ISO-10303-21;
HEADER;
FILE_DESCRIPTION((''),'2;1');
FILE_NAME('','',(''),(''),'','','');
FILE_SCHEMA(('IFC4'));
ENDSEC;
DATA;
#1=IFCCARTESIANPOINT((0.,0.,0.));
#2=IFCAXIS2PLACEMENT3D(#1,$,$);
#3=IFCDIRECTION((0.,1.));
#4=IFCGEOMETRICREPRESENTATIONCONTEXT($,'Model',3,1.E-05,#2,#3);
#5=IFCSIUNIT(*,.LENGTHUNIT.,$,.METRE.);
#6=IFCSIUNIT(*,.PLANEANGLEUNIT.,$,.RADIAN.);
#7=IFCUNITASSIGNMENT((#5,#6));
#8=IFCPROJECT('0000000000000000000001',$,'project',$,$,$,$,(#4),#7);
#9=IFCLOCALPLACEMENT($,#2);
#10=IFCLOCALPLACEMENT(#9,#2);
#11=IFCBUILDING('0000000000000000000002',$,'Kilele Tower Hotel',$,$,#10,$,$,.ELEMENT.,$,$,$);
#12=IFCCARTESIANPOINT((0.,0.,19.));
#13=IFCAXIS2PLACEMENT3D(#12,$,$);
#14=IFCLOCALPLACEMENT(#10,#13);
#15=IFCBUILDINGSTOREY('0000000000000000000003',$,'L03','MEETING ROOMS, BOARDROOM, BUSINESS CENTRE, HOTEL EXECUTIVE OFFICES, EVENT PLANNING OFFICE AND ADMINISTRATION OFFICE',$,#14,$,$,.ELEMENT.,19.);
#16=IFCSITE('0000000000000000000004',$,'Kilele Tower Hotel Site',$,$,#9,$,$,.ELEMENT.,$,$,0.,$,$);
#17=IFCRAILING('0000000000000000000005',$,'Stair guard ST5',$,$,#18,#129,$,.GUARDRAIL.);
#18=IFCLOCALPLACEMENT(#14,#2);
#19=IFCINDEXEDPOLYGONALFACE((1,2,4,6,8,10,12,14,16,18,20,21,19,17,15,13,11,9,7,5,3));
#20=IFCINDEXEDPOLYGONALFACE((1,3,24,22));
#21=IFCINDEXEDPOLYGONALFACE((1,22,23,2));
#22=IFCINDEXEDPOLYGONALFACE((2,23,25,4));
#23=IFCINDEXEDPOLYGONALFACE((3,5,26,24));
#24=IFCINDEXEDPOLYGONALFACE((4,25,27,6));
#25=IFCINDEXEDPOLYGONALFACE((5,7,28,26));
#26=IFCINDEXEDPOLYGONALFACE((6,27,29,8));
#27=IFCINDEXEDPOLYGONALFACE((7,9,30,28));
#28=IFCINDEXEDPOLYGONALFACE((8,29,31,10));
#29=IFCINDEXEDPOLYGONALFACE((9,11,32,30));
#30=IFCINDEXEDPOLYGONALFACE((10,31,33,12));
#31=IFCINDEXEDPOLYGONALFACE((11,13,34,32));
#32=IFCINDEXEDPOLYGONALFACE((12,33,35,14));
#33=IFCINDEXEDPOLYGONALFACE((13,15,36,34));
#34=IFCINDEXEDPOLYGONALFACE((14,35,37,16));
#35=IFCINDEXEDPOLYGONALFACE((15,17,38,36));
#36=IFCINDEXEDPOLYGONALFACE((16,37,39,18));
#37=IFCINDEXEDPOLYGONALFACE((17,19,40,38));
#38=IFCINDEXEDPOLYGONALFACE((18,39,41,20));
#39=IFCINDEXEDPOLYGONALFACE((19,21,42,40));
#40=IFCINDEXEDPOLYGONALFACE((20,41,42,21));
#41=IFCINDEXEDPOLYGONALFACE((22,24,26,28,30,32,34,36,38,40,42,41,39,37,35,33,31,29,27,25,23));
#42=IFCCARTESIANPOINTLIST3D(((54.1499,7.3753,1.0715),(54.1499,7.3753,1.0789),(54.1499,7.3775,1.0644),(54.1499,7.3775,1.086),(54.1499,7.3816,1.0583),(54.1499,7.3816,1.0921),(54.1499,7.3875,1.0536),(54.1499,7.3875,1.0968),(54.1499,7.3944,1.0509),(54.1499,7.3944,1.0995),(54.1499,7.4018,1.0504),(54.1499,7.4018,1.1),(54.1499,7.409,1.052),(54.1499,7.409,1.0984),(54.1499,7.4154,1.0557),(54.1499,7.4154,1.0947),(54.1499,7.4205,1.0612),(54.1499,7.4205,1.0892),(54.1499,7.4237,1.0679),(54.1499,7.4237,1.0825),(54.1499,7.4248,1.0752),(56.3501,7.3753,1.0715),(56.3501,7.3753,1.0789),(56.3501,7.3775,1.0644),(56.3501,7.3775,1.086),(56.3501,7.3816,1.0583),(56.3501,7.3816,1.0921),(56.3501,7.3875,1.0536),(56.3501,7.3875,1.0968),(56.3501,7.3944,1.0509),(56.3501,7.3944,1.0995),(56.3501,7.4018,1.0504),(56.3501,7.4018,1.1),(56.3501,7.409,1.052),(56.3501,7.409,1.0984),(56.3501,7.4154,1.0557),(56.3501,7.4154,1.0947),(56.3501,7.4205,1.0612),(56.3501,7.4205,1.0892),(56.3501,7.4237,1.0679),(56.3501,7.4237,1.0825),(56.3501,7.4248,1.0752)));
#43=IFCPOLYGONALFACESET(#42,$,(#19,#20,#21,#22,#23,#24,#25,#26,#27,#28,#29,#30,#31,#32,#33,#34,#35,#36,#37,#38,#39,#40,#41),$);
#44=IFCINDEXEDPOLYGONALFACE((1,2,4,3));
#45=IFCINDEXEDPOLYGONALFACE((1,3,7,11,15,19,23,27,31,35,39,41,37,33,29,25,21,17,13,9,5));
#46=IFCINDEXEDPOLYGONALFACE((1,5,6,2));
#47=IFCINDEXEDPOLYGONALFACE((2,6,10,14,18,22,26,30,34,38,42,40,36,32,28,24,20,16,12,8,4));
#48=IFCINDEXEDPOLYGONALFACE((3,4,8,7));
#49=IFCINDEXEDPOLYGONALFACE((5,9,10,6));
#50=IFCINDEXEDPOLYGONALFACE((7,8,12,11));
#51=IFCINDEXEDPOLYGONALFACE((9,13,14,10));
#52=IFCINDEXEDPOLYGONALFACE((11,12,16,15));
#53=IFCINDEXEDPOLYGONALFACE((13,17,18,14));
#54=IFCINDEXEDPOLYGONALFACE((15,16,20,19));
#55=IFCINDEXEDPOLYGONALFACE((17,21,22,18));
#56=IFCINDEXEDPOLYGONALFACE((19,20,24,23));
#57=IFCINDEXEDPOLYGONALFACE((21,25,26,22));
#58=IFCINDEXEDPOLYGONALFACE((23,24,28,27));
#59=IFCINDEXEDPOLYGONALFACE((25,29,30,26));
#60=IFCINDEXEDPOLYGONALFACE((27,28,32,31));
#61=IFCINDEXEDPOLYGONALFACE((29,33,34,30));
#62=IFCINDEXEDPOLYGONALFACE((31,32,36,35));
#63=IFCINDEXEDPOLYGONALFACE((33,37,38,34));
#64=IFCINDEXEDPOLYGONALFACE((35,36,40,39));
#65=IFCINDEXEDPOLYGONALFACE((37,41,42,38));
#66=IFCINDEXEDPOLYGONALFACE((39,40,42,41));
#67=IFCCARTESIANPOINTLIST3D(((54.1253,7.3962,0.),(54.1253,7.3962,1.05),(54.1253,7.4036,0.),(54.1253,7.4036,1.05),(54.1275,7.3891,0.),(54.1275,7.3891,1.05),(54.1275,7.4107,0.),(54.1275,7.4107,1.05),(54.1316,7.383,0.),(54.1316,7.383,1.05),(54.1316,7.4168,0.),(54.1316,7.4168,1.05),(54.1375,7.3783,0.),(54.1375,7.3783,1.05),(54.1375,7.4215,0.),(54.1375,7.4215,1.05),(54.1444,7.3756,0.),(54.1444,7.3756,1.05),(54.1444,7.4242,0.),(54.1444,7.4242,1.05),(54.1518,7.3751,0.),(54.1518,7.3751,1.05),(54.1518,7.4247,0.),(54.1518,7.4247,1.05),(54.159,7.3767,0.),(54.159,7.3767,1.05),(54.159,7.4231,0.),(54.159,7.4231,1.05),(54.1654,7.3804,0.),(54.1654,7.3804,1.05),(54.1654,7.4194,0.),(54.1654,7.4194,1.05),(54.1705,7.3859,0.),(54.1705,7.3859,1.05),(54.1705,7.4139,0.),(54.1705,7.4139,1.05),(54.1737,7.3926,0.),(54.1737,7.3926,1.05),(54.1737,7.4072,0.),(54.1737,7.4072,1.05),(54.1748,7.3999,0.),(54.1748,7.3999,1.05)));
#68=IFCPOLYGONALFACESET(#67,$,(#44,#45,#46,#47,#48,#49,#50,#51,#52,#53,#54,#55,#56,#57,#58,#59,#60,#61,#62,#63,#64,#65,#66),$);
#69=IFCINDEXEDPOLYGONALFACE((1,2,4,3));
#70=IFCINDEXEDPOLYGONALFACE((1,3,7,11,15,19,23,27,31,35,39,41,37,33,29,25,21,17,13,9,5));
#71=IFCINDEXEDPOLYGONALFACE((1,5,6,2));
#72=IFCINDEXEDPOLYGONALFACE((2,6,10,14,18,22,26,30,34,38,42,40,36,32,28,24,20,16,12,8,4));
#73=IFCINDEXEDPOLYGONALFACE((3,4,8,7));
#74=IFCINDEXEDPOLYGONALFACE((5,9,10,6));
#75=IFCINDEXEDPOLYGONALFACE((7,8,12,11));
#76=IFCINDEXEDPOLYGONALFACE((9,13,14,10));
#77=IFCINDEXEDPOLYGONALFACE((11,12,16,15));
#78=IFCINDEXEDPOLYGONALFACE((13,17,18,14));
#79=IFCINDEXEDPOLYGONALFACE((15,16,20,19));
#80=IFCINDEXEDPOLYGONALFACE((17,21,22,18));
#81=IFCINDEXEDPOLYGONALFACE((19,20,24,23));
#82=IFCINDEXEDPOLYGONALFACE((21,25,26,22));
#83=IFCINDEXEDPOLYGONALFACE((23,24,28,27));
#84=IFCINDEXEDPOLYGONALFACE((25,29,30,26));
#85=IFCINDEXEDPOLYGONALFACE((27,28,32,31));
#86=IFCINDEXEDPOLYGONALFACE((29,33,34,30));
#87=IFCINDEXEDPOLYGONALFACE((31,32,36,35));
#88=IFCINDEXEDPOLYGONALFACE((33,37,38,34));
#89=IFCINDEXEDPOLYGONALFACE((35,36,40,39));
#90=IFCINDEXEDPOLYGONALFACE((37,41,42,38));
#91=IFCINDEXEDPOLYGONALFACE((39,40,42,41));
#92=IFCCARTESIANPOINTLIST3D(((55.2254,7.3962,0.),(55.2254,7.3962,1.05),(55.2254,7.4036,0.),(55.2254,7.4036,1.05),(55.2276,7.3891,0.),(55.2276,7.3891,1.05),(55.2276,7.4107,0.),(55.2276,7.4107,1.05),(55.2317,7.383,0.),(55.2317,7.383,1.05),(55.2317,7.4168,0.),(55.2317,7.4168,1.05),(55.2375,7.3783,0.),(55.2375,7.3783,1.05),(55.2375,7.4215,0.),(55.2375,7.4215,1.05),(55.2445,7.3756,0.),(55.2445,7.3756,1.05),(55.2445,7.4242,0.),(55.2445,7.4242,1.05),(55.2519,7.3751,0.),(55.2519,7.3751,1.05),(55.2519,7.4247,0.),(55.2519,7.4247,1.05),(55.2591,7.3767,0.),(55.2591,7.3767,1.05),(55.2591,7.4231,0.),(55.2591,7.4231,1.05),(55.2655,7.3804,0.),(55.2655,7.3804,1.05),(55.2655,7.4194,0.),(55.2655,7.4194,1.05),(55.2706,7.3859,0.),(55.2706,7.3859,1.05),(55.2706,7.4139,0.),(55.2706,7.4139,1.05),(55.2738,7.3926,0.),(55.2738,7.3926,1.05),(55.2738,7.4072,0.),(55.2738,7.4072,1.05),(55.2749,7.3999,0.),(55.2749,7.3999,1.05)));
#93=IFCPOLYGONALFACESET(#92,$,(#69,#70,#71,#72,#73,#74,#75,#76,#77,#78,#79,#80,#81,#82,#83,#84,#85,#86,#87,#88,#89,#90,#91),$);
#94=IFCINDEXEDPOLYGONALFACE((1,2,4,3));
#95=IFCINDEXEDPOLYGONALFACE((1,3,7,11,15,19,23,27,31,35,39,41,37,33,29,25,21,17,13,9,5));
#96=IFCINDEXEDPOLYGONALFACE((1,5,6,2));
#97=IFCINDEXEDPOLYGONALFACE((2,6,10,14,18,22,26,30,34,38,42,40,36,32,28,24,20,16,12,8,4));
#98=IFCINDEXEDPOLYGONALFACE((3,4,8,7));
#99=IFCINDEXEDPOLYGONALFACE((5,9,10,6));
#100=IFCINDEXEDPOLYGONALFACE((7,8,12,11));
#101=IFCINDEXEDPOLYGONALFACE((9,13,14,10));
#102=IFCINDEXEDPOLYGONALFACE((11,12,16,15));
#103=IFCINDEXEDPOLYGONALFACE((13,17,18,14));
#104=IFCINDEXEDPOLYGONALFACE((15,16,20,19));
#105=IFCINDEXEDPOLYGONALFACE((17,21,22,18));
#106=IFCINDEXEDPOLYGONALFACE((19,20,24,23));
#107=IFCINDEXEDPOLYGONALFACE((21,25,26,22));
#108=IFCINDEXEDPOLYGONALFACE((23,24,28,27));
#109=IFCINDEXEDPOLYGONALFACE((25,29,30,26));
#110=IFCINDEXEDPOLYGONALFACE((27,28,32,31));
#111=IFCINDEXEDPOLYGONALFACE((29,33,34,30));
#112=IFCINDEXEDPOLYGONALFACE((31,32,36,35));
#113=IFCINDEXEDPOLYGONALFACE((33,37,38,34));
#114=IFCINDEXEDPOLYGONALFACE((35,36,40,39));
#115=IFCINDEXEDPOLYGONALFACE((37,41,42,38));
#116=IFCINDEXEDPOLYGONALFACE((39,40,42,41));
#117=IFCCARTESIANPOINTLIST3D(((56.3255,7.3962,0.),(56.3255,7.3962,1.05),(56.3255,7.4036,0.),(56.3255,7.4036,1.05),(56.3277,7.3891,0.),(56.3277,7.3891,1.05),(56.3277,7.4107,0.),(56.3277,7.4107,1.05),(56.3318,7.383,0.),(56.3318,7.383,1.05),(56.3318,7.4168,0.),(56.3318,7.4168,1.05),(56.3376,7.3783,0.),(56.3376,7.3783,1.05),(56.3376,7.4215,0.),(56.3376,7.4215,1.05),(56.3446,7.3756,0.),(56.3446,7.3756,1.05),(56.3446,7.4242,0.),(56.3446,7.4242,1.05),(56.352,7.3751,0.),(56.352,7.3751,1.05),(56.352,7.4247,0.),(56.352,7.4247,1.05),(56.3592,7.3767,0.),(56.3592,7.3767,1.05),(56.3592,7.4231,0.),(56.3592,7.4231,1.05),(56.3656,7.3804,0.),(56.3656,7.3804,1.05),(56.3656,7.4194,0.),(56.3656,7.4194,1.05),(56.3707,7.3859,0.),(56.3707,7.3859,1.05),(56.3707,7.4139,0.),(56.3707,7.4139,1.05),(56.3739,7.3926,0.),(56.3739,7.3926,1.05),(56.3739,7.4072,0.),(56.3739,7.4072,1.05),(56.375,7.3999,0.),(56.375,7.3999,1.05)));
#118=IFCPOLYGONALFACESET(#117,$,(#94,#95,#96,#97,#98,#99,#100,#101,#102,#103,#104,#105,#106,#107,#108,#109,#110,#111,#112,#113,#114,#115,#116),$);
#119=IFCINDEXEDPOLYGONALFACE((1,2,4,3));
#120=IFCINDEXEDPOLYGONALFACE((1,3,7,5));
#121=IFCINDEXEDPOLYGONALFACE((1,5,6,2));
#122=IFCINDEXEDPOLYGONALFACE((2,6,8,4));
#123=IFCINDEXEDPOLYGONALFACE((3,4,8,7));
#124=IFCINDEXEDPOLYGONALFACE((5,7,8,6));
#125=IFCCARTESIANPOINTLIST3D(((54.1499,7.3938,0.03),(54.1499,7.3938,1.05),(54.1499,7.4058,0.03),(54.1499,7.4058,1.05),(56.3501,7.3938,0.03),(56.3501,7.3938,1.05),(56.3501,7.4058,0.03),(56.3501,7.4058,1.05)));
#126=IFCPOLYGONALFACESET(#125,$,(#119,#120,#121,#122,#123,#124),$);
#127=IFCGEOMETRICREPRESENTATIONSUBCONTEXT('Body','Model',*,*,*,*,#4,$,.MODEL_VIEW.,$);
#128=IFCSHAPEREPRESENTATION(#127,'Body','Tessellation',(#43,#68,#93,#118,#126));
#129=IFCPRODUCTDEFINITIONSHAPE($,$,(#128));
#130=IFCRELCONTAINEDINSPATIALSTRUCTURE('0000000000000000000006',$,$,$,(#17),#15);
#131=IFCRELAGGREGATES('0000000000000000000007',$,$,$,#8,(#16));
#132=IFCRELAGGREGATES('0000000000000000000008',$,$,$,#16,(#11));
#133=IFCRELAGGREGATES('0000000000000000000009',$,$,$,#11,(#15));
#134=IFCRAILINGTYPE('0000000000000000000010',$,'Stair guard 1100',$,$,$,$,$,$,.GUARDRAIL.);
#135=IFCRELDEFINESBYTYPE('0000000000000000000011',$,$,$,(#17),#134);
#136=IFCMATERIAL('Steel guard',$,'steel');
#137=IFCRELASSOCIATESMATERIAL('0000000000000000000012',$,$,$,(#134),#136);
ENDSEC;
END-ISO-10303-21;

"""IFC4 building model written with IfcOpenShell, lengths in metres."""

from ifc_helpers import new_model, si_unit, direction, frame, origin, origin_2d, place, context, subcontext, project, spatial, polyline, circle, outline, extrude, material, type_object, element, save


model = new_model("IFC4")

# Units and contexts
model_context = context("Model", 3, precision=1e-05, world=origin(), true_north=direction((0.0, 1.0)))
body_context = subcontext(model_context, "Body", "Model", "MODEL_VIEW")
ifc_project = project(units=[si_unit("LENGTHUNIT", "METRE"), si_unit("PLANEANGLEUNIT", "RADIAN")], contexts=[model_context])

# Site, building, storey
site_placement = place(None, origin())
site = spatial("IfcSite", under=ifc_project, at=site_placement, Name="Kilele Tower Hotel Site", CompositionType="ELEMENT", RefElevation=0.0)
building_placement = place(site_placement, origin())
building = spatial("IfcBuilding", under=site, at=building_placement, Name="Kilele Tower Hotel", CompositionType="ELEMENT")
storey_placement = place(building_placement, frame((0.0, 0.0, 19.0)))
storey = spatial("IfcBuildingStorey", under=building, at=storey_placement, Name="L03", Description="MEETING ROOMS, BOARDROOM, BUSINESS CENTRE, HOTEL EXECUTIVE OFFICES, EVENT PLANNING OFFICE AND ADMINISTRATION OFFICE", CompositionType="ELEMENT", Elevation=19.0)

# Railing
ifc_material_1 = material(Name="Steel guard", Category="steel")
railing_type_1 = type_object("IfcRailingType", Name="Stair guard 1100", PredefinedType="GUARDRAIL", material=ifc_material_1)
railing_1_placement = place(storey_placement, frame((54.1499, 7.3999, 0.0)))
element("IfcRailing", 1, at=railing_1_placement, inside=storey, type_object=railing_type_1, Name="Stair guard ST5", PredefinedType="GUARDRAIL", context=body_context, shape_type="SweptSolid", body=[
    extrude(circle(Radius=0.0249, at=origin_2d()), frame((0.0, 0.0, 1.0752), z_axis=(1.0, 0.0, 0.0), x_axis=(0.0, 1.0, 0.0)), (0.0, 0.0, 1.0), 2.2002),
    extrude(circle(Radius=0.0249, at=origin_2d()), origin(), (0.0, 0.0, 1.0), 1.05),
    extrude(circle(Radius=0.0249, at=origin_2d()), frame((1.1001, 0.0, 0.0)), (0.0, 0.0, 1.0), 1.05),
    extrude(circle(Radius=0.0249, at=origin_2d()), frame((2.2002, 0.0, 0.0)), (0.0, 0.0, 1.0), 1.05),
    extrude(outline(polyline([(0.0, 0.03), (2.2002, 0.03), (2.2002, 1.05), (0.0, 1.05), (0.0, 0.03)])), frame((0.0, 0.0059, 0.0), z_axis=(0.0, -1.0, 0.0), x_axis=(1.0, 0.0, 0.0)), (0.0, 0.0, 1.0), 0.012),
])

save(model, "model.ifc")
